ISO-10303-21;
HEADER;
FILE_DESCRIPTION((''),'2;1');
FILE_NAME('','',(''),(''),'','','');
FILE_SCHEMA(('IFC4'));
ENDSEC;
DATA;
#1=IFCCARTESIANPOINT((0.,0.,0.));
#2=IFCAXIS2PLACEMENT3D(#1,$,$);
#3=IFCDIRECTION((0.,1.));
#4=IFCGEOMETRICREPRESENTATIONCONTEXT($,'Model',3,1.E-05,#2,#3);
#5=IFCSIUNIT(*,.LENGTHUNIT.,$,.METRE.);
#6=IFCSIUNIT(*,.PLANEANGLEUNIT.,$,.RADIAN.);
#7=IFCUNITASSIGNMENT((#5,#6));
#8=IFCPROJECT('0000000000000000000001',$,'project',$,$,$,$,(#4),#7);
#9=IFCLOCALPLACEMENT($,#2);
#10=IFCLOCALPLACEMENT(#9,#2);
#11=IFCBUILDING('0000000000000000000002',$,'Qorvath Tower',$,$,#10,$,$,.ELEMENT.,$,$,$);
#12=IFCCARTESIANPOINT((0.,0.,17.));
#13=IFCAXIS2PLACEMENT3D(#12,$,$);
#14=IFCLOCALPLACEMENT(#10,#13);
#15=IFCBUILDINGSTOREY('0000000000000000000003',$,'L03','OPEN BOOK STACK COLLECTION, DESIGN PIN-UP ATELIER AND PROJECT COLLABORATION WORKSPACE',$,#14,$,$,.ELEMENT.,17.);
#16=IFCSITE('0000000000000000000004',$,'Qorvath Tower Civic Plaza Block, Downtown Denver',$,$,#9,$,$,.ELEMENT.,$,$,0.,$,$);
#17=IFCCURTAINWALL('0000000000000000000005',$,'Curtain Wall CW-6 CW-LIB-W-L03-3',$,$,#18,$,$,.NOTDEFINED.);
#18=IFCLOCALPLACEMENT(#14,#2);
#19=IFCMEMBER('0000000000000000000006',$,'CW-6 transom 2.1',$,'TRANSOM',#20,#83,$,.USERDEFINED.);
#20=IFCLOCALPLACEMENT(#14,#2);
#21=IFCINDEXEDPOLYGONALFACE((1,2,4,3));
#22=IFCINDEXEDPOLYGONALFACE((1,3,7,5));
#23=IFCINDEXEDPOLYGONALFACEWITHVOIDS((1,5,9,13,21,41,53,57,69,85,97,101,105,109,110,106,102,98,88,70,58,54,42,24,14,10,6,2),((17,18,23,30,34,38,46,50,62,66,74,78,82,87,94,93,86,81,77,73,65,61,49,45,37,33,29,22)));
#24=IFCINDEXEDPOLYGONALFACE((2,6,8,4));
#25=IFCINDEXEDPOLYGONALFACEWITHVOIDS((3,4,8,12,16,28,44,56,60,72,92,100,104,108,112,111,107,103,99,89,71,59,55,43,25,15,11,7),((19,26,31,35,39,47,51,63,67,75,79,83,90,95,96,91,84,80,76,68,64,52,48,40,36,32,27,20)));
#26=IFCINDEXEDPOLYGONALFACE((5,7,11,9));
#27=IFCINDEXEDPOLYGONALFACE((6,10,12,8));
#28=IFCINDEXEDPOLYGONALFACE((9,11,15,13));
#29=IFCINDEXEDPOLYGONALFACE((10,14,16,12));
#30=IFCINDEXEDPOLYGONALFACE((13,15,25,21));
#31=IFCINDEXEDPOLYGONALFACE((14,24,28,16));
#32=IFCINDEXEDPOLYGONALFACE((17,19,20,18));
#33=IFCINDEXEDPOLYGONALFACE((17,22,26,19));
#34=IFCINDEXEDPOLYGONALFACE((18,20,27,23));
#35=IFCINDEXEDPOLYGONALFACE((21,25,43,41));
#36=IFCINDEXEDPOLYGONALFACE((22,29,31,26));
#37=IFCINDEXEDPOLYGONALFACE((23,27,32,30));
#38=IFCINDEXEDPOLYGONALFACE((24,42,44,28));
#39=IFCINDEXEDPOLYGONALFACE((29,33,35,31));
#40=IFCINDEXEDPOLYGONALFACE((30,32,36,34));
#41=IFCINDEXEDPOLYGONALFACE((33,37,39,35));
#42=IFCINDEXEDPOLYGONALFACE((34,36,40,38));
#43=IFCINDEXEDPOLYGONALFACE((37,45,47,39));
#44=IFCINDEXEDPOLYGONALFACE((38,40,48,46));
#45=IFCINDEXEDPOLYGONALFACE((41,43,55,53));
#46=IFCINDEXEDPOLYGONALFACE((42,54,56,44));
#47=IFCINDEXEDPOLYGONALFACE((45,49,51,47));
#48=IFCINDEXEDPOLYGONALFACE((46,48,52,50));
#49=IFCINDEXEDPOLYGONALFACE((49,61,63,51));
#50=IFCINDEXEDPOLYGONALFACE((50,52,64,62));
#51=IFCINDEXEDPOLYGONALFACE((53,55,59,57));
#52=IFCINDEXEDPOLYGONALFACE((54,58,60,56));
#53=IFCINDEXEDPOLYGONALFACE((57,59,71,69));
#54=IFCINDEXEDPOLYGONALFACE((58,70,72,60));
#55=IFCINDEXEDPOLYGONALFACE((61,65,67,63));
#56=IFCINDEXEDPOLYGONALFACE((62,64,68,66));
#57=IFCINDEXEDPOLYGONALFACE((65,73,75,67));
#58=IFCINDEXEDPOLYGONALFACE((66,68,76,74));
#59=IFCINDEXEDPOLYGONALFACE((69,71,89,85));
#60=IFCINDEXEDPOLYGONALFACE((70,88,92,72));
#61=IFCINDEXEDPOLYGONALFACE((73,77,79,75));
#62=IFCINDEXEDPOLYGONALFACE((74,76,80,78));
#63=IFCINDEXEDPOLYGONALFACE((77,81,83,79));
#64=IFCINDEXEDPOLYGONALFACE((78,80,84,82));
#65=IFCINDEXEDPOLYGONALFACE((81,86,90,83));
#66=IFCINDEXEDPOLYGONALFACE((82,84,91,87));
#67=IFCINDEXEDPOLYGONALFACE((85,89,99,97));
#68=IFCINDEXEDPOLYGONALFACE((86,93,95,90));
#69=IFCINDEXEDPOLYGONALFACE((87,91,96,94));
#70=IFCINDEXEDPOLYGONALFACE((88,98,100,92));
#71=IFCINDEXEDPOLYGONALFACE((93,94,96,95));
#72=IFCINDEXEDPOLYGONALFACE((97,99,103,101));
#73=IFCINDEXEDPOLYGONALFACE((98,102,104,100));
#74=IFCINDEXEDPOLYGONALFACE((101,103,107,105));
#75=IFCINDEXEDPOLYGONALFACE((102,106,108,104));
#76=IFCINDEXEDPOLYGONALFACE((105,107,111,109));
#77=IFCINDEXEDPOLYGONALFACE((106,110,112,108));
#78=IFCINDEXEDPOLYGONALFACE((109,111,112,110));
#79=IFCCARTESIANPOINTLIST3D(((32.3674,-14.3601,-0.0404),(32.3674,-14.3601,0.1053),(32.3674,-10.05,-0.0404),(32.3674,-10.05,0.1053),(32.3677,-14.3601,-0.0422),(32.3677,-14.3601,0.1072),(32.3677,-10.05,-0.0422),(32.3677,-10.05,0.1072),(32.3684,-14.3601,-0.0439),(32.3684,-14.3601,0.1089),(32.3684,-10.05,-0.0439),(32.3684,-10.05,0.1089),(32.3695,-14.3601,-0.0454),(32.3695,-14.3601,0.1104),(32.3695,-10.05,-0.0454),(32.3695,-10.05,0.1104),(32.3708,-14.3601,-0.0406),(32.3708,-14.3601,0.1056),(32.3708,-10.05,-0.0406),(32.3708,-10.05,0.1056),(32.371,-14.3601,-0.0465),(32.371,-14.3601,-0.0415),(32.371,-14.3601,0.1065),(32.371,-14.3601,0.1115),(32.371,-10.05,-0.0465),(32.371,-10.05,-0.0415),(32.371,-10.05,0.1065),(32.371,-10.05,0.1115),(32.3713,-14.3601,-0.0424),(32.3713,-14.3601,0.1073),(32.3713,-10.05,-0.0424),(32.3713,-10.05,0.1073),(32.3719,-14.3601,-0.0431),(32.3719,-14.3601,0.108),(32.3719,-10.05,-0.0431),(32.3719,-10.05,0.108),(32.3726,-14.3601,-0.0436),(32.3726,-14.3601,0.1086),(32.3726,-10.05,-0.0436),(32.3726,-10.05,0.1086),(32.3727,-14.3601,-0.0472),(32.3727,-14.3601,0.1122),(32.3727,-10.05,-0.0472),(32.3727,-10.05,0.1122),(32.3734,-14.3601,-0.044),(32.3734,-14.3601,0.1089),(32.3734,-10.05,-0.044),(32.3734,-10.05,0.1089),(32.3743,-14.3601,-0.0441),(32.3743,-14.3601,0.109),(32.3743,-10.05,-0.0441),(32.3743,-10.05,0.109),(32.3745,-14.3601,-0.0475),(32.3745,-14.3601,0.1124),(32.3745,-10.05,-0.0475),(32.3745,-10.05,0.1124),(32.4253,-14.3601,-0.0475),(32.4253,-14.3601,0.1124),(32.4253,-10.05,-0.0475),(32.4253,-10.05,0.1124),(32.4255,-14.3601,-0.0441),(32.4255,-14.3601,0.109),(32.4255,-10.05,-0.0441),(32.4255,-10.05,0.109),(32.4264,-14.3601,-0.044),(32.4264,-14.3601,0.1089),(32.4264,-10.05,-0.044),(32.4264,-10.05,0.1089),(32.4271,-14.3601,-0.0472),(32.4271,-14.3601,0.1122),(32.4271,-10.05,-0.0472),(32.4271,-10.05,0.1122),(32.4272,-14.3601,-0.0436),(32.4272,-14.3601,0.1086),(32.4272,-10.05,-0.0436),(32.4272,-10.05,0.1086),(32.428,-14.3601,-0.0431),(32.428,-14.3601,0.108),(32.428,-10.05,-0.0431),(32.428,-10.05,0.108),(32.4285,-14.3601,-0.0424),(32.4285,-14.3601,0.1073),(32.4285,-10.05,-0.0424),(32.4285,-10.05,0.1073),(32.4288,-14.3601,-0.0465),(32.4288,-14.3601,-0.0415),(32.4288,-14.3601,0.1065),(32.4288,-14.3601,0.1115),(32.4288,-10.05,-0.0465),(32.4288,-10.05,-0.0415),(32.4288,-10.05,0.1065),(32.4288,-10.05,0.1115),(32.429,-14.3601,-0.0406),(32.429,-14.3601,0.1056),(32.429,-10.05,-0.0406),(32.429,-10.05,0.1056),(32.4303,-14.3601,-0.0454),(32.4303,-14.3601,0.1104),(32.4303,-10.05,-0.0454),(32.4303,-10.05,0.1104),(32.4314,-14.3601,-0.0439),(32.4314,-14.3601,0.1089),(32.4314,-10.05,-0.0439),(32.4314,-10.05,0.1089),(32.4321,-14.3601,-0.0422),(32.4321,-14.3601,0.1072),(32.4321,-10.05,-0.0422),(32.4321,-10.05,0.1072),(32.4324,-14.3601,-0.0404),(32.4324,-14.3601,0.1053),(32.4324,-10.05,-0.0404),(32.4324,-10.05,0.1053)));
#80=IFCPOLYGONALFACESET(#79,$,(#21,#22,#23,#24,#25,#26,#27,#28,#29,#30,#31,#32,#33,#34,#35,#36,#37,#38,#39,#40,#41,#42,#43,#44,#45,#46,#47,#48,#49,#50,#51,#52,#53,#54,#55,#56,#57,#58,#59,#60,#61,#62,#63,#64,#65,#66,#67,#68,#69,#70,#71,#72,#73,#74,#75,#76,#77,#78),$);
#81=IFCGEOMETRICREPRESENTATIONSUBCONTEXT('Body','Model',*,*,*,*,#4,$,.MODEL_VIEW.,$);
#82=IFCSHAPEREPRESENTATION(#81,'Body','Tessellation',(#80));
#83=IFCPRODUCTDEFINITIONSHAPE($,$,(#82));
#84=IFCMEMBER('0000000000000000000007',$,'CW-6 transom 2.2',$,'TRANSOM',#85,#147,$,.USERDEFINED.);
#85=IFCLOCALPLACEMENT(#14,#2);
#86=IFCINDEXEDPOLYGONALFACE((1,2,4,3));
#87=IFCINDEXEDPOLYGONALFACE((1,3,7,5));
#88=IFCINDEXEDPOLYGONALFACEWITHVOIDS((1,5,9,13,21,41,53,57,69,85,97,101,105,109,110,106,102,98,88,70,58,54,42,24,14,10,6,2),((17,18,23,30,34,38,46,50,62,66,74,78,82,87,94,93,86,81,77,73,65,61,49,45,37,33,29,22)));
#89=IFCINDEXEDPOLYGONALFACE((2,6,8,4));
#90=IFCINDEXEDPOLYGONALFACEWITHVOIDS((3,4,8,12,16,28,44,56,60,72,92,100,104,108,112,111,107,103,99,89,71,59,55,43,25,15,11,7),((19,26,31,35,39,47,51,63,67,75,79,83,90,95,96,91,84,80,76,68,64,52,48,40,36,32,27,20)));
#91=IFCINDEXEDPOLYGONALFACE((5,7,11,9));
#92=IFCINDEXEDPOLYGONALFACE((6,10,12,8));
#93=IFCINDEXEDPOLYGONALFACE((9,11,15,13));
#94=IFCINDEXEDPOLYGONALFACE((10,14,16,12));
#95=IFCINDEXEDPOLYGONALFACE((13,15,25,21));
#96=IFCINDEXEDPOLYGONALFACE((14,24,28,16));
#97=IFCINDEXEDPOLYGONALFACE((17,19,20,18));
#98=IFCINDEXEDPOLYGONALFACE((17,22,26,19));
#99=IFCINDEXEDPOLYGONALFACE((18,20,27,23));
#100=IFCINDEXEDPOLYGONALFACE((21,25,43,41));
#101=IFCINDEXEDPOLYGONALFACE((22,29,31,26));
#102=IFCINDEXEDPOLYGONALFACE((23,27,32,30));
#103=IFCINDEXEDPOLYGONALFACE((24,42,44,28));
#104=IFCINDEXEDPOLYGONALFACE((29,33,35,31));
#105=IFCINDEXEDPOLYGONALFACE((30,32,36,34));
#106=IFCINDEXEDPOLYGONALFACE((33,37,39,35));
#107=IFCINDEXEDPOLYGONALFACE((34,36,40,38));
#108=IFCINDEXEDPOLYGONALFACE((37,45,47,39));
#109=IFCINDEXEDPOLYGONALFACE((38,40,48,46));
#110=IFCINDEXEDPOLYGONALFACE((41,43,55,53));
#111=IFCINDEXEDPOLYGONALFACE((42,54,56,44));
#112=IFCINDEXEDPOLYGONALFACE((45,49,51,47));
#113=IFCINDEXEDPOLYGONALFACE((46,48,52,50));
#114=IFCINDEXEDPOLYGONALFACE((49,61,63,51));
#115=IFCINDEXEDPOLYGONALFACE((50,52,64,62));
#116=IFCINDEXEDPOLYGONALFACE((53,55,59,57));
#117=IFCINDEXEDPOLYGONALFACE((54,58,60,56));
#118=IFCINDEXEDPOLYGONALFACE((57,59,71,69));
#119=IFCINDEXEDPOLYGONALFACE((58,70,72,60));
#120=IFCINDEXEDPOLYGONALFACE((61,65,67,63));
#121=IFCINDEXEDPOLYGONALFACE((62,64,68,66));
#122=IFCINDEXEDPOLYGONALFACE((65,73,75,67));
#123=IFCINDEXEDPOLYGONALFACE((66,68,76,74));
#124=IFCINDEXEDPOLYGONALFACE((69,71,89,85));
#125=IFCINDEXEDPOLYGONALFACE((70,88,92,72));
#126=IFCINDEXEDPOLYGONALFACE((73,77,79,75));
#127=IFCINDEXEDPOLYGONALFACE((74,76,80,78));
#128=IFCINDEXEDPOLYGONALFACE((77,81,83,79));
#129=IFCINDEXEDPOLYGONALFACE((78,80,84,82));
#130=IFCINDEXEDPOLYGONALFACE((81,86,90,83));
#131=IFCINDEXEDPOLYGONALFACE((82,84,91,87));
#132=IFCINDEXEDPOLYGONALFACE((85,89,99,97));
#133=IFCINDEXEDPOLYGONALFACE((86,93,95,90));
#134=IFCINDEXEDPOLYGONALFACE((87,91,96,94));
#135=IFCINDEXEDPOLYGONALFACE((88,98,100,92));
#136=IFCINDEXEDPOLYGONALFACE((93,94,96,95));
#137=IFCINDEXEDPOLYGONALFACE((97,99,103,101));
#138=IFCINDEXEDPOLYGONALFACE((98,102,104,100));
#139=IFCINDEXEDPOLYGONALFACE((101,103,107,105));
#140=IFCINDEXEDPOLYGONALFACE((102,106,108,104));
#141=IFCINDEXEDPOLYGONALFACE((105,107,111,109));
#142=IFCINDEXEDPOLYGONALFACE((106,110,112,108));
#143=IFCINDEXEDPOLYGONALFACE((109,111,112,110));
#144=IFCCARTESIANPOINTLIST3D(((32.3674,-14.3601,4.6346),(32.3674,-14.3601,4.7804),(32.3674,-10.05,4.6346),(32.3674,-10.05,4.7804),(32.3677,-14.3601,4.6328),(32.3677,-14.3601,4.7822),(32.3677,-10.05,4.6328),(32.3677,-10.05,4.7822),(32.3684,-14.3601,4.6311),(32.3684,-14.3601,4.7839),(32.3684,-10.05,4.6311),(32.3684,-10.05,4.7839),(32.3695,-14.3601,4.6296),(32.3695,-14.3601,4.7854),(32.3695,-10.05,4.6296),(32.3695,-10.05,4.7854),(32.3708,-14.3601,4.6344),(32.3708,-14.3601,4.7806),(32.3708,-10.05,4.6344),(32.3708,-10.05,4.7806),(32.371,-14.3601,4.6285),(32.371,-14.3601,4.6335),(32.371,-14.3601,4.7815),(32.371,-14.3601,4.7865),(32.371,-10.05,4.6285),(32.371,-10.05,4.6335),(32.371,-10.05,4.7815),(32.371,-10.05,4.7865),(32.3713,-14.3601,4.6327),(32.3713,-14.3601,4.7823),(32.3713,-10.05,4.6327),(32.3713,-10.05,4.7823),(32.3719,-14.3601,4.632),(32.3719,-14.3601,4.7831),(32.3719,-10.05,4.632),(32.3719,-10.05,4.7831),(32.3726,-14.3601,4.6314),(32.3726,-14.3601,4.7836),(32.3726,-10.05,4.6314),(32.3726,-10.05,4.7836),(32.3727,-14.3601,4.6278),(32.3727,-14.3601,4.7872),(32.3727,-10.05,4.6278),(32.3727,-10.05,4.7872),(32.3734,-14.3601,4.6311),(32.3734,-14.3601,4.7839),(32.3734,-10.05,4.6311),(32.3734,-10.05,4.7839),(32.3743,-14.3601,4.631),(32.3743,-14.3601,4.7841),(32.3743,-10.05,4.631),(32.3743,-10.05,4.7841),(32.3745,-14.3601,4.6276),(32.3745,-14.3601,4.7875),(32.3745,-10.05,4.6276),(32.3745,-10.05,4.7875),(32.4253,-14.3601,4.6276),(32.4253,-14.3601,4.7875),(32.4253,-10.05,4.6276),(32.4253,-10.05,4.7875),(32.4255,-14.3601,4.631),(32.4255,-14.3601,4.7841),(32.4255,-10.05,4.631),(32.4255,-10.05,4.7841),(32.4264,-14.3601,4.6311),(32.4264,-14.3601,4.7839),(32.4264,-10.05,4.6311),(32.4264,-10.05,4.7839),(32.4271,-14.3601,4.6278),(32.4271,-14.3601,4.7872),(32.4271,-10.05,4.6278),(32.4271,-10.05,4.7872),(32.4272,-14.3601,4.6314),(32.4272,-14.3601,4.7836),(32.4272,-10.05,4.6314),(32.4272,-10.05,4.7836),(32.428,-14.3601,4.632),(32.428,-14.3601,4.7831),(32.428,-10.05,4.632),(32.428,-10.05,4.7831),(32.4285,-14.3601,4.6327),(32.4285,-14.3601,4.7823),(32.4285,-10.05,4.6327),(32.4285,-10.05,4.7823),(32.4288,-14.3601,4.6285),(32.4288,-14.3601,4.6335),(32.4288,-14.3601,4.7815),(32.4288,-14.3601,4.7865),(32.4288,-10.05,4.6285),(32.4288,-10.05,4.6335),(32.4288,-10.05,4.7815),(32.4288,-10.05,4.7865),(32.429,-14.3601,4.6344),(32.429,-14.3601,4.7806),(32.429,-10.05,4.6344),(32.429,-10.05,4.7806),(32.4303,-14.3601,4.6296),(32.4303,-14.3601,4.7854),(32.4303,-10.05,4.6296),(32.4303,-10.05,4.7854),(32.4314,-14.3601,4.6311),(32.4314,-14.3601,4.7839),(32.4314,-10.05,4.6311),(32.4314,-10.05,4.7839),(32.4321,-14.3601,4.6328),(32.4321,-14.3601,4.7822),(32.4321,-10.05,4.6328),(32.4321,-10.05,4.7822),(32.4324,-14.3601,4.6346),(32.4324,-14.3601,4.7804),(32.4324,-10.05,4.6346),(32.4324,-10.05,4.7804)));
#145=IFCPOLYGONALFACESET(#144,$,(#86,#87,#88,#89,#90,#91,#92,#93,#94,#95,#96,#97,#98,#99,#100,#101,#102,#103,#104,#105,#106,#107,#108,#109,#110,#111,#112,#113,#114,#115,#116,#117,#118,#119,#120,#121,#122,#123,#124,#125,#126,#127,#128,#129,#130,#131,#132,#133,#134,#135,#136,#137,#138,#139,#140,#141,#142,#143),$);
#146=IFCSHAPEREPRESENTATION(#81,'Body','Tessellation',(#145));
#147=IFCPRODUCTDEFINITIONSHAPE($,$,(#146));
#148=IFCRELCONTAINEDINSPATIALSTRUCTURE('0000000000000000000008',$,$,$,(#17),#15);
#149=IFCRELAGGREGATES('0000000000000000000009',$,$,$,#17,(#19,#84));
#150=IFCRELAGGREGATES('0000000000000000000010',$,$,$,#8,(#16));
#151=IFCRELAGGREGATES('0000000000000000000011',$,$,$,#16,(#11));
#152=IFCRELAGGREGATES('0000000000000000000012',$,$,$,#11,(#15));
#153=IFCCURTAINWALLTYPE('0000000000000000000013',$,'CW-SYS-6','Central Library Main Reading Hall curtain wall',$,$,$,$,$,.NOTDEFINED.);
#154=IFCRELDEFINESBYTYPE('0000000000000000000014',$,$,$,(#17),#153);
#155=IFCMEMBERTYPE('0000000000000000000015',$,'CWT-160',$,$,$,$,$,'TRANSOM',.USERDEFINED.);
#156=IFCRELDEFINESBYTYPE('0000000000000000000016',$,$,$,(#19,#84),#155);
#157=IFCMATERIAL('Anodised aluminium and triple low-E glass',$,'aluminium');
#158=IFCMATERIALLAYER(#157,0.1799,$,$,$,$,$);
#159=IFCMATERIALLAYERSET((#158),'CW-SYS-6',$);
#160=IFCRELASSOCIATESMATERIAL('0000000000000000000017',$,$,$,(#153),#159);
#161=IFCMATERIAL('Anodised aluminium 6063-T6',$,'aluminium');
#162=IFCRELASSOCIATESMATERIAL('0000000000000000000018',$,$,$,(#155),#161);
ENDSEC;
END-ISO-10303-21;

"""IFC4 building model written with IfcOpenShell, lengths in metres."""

from ifc_helpers import new_model, si_unit, direction, frame, origin, origin_2d, place, context, subcontext, project, spatial, hollow_rectangle, extrude, material, layer, layer_set, material_profile, profile_set, type_object, element, aggregate, save


model = new_model("IFC4")

# Units and contexts
model_context = context("Model", 3, precision=1e-05, world=origin(), true_north=direction((0.0, 1.0)))
body_context = subcontext(model_context, "Body", "Model", "MODEL_VIEW")
ifc_project = project(units=[si_unit("LENGTHUNIT", "METRE"), si_unit("PLANEANGLEUNIT", "RADIAN")], contexts=[model_context])

# Site, building, storey
site_placement = place(None, origin())
site = spatial("IfcSite", under=ifc_project, at=site_placement, Name="Qorvath Tower Civic Plaza Block, Downtown Denver", CompositionType="ELEMENT", RefElevation=0.0)
building_placement = place(site_placement, origin())
building = spatial("IfcBuilding", under=site, at=building_placement, Name="Qorvath Tower", CompositionType="ELEMENT")
storey_placement = place(building_placement, frame((0.0, 0.0, 17.0)))
storey = spatial("IfcBuildingStorey", under=building, at=storey_placement, Name="L03", Description="OPEN BOOK STACK COLLECTION, DESIGN PIN-UP ATELIER AND PROJECT COLLABORATION WORKSPACE", CompositionType="ELEMENT", Elevation=17.0)

# Curtain wall
ifc_material_1 = material(Name="Anodised aluminium and triple low-E glass", Category="aluminium")
ifc_layer_1 = layer(ifc_material_1, 0.1799)
ifc_layer_set_1 = layer_set([ifc_layer_1], Name="CW-SYS-6")
curtain_wall_type = type_object("IfcCurtainWallType", Name="CW-SYS-6", Description="Central Library Main Reading Hall curtain wall", PredefinedType="NOTDEFINED", material=ifc_layer_set_1)
curtain_wall_1_placement = place(storey_placement, origin())
curtain_wall_1 = element("IfcCurtainWall", 1, at=curtain_wall_1_placement, inside=storey, type_object=curtain_wall_type, Name="Curtain Wall CW-6 CW-LIB-W-L03-3", PredefinedType="NOTDEFINED")

# Members
ifc_material_2 = material(Name="Anodised aluminium 6063-T6", Category="aluminium")
ifc_material_profile_1 = material_profile(ifc_material_2, hollow_rectangle(XDim=0.0649, YDim=0.1599, WallThickness=0.0034, InnerFilletRadius=0.0034, OuterFilletRadius=0.0071, at=origin_2d()), Name="CWT 160x65")
ifc_profile_set_1 = profile_set([ifc_material_profile_1], Name="Anodised aluminium 6063-T6")
member_type_1 = type_object("IfcMemberType", Name="CWT-160", ElementType="TRANSOM", PredefinedType="USERDEFINED", material=ifc_profile_set_1)
member_1_placement = place(storey_placement, frame((32.3999, -14.3601, 0.0325), z_axis=(0.0, 1.0, 0.0), x_axis=(-1.0, 0.0, 0.0)))
member_1 = element("IfcMember", 2, at=member_1_placement, type_object=member_type_1, Name="CW-6 transom 2.1", ObjectType="TRANSOM", PredefinedType="USERDEFINED", context=body_context, shape_type="SweptSolid", body=[
    extrude(hollow_rectangle(XDim=0.0649, YDim=0.1599, WallThickness=0.0034, InnerFilletRadius=0.0034, OuterFilletRadius=0.0071, at=origin_2d()), origin(), (0.0, 0.0, 1.0), 4.3101),
])
member_2_placement = place(storey_placement, frame((32.3999, -14.3601, 4.7075), z_axis=(0.0, 1.0, 0.0), x_axis=(-1.0, 0.0, 0.0)))
member_2 = element("IfcMember", 3, at=member_2_placement, type_object=member_type_1, Name="CW-6 transom 2.2", ObjectType="TRANSOM", PredefinedType="USERDEFINED", context=body_context, shape_type="SweptSolid", body=[
    extrude(hollow_rectangle(XDim=0.0649, YDim=0.1599, WallThickness=0.0034, InnerFilletRadius=0.0034, OuterFilletRadius=0.0071, at=origin_2d()), origin(), (0.0, 0.0, 1.0), 4.3101),
])

aggregate(curtain_wall_1, [member_1, member_2])

save(model, "model.ifc")
